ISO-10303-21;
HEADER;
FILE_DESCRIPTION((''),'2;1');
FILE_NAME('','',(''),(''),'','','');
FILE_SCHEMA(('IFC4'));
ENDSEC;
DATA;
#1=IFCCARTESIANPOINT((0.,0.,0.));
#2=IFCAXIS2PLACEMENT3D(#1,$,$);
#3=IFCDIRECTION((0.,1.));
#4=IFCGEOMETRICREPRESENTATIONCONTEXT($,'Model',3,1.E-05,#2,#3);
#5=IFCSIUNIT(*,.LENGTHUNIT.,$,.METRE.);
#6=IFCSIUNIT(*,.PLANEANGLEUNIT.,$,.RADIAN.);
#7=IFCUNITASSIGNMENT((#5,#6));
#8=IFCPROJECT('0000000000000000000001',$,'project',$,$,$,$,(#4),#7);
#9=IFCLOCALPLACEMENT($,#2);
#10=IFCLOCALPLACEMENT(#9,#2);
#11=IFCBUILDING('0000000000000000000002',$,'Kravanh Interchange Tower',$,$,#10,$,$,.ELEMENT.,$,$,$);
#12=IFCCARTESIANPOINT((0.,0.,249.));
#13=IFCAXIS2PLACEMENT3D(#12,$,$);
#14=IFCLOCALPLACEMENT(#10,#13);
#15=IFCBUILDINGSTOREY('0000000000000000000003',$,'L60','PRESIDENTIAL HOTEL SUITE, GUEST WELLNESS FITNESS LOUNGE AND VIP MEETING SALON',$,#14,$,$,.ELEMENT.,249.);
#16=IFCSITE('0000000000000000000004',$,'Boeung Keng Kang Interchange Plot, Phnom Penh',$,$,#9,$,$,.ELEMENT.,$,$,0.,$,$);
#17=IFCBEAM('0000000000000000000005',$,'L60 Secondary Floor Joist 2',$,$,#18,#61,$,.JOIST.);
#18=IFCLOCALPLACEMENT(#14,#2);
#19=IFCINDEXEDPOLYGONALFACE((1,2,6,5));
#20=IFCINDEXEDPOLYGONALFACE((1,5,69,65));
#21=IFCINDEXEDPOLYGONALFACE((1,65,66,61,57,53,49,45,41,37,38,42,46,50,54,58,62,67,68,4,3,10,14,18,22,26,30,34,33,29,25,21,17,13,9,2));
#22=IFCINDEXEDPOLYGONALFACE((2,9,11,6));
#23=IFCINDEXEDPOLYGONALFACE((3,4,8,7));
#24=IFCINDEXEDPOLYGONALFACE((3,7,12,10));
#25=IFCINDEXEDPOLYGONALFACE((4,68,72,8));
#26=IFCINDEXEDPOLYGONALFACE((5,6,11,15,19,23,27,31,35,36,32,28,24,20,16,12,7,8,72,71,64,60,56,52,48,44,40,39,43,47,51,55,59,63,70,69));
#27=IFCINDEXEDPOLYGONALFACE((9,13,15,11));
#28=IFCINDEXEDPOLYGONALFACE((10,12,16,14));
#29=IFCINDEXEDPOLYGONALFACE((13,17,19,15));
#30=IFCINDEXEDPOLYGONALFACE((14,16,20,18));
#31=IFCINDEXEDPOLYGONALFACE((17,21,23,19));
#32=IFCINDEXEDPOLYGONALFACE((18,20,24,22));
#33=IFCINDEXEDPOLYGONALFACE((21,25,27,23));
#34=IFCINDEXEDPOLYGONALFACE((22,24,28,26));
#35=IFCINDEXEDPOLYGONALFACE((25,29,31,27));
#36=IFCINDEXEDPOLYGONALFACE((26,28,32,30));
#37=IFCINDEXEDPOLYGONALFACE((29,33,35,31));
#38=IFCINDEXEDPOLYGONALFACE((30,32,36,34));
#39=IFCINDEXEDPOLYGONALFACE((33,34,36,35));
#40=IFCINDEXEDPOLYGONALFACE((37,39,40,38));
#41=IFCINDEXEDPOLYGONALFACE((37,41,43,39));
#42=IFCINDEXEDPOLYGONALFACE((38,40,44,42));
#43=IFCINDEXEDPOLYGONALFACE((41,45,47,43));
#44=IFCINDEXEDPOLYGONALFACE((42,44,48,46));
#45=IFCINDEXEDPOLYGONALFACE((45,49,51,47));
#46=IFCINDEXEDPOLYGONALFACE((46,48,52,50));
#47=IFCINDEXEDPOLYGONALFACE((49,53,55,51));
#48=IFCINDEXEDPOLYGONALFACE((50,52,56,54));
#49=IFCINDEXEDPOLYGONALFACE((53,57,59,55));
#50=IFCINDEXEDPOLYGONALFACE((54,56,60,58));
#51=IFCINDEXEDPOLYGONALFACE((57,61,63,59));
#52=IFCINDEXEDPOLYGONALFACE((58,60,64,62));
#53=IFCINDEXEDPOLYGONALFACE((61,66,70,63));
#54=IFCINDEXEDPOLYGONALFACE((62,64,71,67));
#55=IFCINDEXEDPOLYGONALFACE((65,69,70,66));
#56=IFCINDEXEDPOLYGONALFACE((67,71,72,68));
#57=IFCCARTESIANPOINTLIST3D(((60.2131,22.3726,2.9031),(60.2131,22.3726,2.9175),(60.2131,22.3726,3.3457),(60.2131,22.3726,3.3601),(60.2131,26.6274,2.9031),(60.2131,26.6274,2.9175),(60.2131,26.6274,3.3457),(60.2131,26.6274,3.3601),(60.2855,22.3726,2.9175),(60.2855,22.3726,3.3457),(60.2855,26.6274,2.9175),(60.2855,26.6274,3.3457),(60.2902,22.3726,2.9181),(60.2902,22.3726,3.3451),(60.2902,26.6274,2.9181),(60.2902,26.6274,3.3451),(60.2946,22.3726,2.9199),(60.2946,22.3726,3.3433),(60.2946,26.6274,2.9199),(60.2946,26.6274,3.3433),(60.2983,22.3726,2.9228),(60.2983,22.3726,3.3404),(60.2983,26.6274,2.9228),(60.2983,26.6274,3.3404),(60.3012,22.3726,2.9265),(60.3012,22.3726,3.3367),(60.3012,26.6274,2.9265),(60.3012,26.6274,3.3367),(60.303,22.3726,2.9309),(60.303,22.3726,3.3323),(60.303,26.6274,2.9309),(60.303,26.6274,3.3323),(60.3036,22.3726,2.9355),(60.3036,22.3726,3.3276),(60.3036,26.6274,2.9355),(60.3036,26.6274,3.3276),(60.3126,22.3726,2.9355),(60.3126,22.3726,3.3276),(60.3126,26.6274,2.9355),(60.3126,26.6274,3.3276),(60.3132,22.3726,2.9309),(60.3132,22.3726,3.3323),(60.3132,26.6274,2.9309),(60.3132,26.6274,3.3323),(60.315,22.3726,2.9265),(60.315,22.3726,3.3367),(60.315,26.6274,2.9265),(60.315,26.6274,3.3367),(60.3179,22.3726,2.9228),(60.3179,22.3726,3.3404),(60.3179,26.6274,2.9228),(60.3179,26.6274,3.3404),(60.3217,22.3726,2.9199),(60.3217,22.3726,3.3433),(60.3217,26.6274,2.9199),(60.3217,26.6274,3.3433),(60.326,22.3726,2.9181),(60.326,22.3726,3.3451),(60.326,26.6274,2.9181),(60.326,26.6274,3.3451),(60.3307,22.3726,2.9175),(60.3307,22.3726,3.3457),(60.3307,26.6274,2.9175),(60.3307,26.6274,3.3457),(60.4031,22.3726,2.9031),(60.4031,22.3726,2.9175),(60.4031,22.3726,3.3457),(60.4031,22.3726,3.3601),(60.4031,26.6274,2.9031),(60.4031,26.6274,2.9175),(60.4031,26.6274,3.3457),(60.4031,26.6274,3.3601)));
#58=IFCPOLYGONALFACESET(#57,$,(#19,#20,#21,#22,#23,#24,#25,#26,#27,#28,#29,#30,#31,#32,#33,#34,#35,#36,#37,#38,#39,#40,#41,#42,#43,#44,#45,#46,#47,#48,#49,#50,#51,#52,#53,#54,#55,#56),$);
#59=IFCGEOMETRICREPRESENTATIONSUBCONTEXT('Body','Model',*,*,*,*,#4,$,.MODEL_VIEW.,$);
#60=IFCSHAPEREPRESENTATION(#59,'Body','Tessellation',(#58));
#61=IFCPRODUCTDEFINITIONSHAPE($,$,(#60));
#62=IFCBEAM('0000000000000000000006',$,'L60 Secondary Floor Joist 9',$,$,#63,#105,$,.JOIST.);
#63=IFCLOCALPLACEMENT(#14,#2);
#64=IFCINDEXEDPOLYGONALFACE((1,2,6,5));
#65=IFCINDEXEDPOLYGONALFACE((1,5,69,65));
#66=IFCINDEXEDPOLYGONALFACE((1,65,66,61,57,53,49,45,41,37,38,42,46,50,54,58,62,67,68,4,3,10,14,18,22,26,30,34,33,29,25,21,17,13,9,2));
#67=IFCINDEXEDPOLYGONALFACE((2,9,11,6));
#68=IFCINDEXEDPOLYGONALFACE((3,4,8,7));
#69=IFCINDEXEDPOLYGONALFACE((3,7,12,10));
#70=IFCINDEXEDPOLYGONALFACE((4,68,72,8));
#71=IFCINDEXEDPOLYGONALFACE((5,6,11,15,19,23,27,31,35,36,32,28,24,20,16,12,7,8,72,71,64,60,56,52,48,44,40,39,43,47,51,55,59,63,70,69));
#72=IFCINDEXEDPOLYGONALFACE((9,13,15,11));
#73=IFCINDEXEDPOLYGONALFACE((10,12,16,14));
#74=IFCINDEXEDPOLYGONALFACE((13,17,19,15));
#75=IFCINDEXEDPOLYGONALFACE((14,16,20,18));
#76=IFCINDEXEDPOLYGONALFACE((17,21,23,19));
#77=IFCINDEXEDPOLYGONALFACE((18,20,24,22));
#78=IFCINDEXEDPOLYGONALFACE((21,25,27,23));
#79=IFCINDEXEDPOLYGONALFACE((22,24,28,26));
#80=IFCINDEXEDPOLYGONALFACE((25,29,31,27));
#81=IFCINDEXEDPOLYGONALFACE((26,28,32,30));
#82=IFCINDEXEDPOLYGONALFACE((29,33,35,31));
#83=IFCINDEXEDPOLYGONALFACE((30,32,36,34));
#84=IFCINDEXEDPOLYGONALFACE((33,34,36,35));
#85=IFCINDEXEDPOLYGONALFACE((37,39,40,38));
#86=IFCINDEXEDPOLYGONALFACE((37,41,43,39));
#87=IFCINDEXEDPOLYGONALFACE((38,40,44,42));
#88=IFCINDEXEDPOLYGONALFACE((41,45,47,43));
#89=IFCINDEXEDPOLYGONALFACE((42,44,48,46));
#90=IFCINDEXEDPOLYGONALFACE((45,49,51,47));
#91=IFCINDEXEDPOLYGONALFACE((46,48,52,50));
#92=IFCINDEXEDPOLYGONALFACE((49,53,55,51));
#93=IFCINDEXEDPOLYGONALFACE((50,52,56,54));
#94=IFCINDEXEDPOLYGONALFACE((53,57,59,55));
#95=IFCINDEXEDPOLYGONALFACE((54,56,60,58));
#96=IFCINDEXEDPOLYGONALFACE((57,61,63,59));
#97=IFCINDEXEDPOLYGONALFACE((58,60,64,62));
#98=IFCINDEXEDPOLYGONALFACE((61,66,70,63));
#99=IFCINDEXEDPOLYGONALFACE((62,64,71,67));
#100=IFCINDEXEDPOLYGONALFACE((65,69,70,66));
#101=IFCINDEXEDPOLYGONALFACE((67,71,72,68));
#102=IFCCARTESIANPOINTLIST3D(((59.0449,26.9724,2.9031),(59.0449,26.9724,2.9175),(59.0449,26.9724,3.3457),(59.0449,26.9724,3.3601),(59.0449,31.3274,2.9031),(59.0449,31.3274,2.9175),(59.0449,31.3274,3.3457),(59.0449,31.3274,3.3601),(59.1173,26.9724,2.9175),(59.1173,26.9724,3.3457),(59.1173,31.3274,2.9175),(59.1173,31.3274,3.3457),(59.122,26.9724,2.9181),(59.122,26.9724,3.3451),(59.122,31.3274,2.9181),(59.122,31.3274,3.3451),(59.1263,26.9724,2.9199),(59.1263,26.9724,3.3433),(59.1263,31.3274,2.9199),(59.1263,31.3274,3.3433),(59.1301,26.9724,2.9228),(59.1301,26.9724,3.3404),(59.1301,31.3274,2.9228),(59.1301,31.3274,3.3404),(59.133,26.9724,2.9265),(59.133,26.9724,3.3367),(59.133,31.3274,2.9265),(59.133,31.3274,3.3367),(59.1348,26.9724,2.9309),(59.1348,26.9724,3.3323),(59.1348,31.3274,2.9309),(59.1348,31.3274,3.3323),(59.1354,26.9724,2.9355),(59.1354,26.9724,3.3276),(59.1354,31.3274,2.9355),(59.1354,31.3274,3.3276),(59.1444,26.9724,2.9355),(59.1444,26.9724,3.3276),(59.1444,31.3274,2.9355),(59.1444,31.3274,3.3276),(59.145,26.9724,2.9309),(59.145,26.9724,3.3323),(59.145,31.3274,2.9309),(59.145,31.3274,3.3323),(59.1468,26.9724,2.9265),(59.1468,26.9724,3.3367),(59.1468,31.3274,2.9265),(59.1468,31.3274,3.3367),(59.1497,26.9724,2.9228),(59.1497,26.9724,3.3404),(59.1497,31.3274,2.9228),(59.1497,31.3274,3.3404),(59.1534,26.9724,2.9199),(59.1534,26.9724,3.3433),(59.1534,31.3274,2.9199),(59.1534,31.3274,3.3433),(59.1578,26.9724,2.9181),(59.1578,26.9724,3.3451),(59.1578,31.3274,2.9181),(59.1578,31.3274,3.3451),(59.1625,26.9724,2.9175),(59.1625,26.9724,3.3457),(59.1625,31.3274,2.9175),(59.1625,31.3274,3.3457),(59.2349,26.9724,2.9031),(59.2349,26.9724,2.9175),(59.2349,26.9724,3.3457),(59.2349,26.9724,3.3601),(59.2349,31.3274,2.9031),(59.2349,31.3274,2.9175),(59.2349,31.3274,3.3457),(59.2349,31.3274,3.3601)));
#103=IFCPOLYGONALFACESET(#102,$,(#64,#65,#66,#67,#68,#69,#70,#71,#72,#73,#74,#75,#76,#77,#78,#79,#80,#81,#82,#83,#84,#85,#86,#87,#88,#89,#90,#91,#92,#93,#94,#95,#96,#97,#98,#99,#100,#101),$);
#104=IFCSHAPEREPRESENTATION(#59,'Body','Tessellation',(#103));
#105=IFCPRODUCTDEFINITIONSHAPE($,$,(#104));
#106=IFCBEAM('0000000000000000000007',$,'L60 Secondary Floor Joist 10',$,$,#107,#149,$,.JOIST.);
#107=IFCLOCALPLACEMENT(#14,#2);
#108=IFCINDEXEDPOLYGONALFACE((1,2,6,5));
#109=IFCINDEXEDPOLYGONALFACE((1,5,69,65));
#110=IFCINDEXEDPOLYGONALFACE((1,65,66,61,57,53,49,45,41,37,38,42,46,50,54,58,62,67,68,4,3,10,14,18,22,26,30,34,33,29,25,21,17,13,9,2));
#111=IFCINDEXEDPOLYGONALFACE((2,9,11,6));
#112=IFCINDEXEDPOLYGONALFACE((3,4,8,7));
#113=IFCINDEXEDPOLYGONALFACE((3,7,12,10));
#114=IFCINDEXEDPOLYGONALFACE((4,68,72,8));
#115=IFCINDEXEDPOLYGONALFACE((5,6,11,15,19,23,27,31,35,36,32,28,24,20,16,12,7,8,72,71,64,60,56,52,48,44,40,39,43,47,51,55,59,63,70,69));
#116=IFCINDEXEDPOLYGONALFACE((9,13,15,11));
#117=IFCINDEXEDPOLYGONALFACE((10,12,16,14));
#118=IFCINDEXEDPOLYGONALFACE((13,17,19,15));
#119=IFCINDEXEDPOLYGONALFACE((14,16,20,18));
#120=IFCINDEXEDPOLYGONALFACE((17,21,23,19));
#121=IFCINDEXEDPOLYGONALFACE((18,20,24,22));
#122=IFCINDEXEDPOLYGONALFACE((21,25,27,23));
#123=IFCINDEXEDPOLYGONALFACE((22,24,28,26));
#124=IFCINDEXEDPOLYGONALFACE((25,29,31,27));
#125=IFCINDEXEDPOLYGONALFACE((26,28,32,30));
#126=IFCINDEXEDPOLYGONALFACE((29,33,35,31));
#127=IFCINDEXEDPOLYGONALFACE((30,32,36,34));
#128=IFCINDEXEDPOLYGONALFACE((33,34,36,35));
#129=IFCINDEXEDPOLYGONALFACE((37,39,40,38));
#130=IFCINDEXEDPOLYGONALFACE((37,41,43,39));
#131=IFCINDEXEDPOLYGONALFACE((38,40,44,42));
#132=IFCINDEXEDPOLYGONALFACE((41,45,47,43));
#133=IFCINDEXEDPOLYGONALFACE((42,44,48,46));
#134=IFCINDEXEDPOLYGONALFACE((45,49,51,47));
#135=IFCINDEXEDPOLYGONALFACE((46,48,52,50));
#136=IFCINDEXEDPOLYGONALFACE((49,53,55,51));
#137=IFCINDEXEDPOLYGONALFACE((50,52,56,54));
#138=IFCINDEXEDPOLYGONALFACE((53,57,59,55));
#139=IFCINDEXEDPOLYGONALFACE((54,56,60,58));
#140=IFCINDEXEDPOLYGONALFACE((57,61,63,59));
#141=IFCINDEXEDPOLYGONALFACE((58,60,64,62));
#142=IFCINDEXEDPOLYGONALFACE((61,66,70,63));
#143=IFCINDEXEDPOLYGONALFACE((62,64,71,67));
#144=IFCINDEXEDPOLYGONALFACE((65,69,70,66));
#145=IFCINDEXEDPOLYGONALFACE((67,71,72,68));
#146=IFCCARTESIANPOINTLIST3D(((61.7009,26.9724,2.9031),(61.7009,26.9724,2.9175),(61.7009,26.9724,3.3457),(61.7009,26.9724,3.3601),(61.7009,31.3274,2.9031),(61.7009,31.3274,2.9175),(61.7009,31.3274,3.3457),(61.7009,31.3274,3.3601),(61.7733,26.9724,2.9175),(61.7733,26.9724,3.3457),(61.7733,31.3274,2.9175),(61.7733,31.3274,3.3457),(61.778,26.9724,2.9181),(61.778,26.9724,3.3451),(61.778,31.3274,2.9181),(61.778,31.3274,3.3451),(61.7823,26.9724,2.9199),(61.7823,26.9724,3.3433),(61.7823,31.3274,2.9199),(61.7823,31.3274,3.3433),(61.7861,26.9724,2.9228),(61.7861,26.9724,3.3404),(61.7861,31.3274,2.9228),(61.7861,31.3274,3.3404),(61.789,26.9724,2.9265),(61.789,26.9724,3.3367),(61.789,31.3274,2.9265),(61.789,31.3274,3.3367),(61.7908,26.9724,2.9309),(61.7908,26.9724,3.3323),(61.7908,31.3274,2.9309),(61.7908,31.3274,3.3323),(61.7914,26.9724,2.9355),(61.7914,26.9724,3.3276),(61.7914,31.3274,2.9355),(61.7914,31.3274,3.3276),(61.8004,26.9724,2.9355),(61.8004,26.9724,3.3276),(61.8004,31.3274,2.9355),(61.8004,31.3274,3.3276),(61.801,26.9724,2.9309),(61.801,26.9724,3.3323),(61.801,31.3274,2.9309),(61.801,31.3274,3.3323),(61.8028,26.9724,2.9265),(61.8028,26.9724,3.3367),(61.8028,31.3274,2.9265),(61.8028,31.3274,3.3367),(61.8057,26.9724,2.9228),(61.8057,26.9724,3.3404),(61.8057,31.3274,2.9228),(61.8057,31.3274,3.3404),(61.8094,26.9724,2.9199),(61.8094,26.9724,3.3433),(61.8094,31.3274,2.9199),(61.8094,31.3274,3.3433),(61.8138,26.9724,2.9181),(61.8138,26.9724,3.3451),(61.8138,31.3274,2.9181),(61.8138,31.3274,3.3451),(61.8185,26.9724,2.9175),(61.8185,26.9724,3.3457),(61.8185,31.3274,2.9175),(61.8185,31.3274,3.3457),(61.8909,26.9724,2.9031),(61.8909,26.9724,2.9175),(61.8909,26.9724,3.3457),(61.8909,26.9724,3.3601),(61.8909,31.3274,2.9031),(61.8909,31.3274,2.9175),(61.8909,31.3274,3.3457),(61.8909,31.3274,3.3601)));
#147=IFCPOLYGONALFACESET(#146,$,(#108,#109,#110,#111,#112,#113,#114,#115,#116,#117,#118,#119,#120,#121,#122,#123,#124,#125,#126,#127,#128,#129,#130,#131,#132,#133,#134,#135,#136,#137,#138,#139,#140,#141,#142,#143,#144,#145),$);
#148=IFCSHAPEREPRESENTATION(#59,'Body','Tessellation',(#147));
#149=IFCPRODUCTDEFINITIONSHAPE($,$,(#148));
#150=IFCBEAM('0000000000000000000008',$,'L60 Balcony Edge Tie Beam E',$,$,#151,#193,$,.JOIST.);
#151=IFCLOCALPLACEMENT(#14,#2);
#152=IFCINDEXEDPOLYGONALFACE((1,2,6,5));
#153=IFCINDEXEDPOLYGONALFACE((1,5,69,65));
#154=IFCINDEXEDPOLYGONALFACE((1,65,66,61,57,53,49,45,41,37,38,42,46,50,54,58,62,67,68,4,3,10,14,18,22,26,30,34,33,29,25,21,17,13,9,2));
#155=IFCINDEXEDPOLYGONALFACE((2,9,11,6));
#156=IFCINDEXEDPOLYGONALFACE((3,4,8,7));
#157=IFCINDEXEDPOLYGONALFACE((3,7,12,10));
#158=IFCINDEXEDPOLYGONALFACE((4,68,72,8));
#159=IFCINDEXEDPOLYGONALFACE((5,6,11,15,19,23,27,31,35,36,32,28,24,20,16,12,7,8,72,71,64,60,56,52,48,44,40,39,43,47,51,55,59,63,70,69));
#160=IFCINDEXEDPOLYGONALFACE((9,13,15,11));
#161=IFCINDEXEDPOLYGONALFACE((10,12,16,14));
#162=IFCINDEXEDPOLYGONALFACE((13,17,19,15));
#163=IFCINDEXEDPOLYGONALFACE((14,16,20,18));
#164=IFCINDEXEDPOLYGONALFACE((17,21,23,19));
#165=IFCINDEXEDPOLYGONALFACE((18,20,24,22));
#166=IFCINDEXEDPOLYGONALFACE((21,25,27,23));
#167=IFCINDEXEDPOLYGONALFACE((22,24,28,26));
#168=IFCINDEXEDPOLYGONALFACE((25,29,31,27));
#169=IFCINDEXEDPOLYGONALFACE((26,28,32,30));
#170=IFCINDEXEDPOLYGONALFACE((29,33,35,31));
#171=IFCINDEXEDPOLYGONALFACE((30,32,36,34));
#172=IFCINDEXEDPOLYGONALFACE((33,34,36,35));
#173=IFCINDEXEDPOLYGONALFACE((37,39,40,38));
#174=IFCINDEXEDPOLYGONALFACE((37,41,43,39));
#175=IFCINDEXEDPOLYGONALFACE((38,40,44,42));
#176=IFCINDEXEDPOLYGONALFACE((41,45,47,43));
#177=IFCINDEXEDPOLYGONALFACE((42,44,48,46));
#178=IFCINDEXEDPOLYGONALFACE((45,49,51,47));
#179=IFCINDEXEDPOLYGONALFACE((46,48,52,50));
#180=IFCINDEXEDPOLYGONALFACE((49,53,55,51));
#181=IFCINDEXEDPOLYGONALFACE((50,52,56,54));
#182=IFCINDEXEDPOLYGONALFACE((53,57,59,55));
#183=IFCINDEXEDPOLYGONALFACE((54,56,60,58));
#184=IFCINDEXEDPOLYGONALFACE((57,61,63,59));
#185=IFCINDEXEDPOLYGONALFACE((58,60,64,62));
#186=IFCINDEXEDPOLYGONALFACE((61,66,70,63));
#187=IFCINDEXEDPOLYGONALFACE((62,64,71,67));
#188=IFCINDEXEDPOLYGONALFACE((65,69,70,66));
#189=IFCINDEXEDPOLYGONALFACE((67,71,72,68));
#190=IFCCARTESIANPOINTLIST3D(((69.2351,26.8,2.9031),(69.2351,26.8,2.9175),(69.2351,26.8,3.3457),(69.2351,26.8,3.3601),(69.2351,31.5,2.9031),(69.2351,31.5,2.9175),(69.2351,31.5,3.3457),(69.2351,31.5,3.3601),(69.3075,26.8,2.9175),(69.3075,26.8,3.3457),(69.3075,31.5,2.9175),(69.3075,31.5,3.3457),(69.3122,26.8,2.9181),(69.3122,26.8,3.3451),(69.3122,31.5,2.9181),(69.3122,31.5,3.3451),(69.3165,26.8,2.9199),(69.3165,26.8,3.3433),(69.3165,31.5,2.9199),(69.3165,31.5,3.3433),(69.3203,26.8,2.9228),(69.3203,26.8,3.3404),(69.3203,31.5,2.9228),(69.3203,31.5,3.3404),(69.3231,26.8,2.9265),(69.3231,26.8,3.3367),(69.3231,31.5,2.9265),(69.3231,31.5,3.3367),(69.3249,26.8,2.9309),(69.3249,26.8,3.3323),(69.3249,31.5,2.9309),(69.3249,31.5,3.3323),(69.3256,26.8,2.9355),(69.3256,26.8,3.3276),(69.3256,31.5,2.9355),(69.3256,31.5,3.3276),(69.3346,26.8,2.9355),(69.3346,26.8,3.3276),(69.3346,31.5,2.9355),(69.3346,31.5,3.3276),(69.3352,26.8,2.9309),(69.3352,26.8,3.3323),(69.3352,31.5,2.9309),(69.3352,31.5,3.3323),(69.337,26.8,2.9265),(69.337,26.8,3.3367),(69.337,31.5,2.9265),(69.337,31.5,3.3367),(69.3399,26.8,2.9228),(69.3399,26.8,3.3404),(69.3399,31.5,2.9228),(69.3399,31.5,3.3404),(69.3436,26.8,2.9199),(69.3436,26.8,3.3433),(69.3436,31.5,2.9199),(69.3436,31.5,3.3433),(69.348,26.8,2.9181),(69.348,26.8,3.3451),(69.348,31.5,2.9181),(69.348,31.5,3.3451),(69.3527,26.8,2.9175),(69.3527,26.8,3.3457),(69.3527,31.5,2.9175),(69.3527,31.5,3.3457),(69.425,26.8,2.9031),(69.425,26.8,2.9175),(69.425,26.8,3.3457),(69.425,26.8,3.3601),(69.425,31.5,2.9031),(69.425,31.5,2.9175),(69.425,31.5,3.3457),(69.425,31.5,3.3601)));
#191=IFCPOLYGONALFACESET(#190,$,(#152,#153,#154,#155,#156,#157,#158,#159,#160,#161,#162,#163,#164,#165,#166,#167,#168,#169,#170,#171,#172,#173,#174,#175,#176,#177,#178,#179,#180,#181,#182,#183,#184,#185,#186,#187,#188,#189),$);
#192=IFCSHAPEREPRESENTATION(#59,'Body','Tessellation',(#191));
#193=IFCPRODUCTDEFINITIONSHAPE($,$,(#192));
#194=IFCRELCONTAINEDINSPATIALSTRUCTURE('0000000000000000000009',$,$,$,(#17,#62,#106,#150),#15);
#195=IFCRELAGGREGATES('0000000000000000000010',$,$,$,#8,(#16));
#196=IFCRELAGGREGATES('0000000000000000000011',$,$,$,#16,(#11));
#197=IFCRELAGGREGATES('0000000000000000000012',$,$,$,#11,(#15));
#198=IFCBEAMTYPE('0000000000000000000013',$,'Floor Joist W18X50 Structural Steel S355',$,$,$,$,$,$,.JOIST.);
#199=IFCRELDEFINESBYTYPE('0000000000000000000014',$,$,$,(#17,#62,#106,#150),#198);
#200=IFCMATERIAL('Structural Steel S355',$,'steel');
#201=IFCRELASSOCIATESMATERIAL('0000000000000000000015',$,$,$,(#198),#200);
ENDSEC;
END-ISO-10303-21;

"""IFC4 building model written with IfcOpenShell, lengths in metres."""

from ifc_helpers import new_model, si_unit, direction, frame, origin, origin_2d, place, context, subcontext, project, spatial, i_section, extrude, material, material_profile, profile_set, type_object, element, save


model = new_model("IFC4")

# Units and contexts
model_context = context("Model", 3, precision=1e-05, world=origin(), true_north=direction((0.0, 1.0)))
body_context = subcontext(model_context, "Body", "Model", "MODEL_VIEW")
ifc_project = project(units=[si_unit("LENGTHUNIT", "METRE"), si_unit("PLANEANGLEUNIT", "RADIAN")], contexts=[model_context])

# Site, building, storey
site_placement = place(None, origin())
site = spatial("IfcSite", under=ifc_project, at=site_placement, Name="Boeung Keng Kang Interchange Plot, Phnom Penh", CompositionType="ELEMENT", RefElevation=0.0)
building_placement = place(site_placement, origin())
building = spatial("IfcBuilding", under=site, at=building_placement, Name="Kravanh Interchange Tower", CompositionType="ELEMENT")
storey_placement = place(building_placement, frame((0.0, 0.0, 249.0)))
storey = spatial("IfcBuildingStorey", under=building, at=storey_placement, Name="L60", Description="PRESIDENTIAL HOTEL SUITE, GUEST WELLNESS FITNESS LOUNGE AND VIP MEETING SALON", CompositionType="ELEMENT", Elevation=249.0)

# Beams
ifc_material_1 = material(Name="Structural Steel S355", Category="steel")
ifc_material_profile_1 = material_profile(ifc_material_1, i_section(OverallWidth=0.1899, OverallDepth=0.457, WebThickness=0.009, FlangeThickness=0.0144, FilletRadius=0.0181, at=origin_2d()), Name="W18X50")
ifc_profile_set_1 = profile_set([ifc_material_profile_1], Name="Structural Steel S355")
beam_type_1 = type_object("IfcBeamType", Name="Floor Joist W18X50 Structural Steel S355", PredefinedType="JOIST", material=ifc_profile_set_1)
for number, where, z_axis, x_axis, name in (
    (1, (60.3081, 22.3726, 3.1316), (0.0, 1.0, 0.0), (-1.0, 0.0, 0.0), "L60 Secondary Floor Joist 2"),
):
    element("IfcBeam", number, at=place(storey_placement, frame(where, z_axis=z_axis, x_axis=x_axis)), inside=storey, type_object=beam_type_1, Name=name, PredefinedType="JOIST", context=body_context, shape_type="SweptSolid", body=[
        extrude(i_section(OverallWidth=0.1899, OverallDepth=0.457, WebThickness=0.009, FlangeThickness=0.0144, FilletRadius=0.0181, at=origin_2d()), origin(), (0.0, 0.0, 1.0), 4.2549),
    ])
for number, where, z_axis, x_axis, name in (
    (2, (59.1399, 26.9724, 3.1316), (0.0, 1.0, 0.0), (-1.0, 0.0, 0.0), "L60 Secondary Floor Joist 9"),
    (3, (61.7959, 26.9724, 3.1316), (0.0, 1.0, 0.0), (-1.0, 0.0, 0.0), "L60 Secondary Floor Joist 10"),
):
    element("IfcBeam", number, at=place(storey_placement, frame(where, z_axis=z_axis, x_axis=x_axis)), inside=storey, type_object=beam_type_1, Name=name, PredefinedType="JOIST", context=body_context, shape_type="SweptSolid", body=[
        extrude(i_section(OverallWidth=0.1899, OverallDepth=0.457, WebThickness=0.009, FlangeThickness=0.0144, FilletRadius=0.0181, at=origin_2d()), origin(), (0.0, 0.0, 1.0), 4.355),
    ])
beam_1_placement = place(storey_placement, frame((69.3301, 26.8, 3.1316), z_axis=(0.0, 1.0, 0.0), x_axis=(-1.0, 0.0, 0.0)))
element("IfcBeam", 4, at=beam_1_placement, inside=storey, type_object=beam_type_1, Name="L60 Balcony Edge Tie Beam E", PredefinedType="JOIST", context=body_context, shape_type="SweptSolid", body=[
    extrude(i_section(OverallWidth=0.1899, OverallDepth=0.457, WebThickness=0.009, FlangeThickness=0.0144, FilletRadius=0.0181, at=origin_2d()), origin(), (0.0, 0.0, 1.0), 4.7),
])

save(model, "model.ifc")
